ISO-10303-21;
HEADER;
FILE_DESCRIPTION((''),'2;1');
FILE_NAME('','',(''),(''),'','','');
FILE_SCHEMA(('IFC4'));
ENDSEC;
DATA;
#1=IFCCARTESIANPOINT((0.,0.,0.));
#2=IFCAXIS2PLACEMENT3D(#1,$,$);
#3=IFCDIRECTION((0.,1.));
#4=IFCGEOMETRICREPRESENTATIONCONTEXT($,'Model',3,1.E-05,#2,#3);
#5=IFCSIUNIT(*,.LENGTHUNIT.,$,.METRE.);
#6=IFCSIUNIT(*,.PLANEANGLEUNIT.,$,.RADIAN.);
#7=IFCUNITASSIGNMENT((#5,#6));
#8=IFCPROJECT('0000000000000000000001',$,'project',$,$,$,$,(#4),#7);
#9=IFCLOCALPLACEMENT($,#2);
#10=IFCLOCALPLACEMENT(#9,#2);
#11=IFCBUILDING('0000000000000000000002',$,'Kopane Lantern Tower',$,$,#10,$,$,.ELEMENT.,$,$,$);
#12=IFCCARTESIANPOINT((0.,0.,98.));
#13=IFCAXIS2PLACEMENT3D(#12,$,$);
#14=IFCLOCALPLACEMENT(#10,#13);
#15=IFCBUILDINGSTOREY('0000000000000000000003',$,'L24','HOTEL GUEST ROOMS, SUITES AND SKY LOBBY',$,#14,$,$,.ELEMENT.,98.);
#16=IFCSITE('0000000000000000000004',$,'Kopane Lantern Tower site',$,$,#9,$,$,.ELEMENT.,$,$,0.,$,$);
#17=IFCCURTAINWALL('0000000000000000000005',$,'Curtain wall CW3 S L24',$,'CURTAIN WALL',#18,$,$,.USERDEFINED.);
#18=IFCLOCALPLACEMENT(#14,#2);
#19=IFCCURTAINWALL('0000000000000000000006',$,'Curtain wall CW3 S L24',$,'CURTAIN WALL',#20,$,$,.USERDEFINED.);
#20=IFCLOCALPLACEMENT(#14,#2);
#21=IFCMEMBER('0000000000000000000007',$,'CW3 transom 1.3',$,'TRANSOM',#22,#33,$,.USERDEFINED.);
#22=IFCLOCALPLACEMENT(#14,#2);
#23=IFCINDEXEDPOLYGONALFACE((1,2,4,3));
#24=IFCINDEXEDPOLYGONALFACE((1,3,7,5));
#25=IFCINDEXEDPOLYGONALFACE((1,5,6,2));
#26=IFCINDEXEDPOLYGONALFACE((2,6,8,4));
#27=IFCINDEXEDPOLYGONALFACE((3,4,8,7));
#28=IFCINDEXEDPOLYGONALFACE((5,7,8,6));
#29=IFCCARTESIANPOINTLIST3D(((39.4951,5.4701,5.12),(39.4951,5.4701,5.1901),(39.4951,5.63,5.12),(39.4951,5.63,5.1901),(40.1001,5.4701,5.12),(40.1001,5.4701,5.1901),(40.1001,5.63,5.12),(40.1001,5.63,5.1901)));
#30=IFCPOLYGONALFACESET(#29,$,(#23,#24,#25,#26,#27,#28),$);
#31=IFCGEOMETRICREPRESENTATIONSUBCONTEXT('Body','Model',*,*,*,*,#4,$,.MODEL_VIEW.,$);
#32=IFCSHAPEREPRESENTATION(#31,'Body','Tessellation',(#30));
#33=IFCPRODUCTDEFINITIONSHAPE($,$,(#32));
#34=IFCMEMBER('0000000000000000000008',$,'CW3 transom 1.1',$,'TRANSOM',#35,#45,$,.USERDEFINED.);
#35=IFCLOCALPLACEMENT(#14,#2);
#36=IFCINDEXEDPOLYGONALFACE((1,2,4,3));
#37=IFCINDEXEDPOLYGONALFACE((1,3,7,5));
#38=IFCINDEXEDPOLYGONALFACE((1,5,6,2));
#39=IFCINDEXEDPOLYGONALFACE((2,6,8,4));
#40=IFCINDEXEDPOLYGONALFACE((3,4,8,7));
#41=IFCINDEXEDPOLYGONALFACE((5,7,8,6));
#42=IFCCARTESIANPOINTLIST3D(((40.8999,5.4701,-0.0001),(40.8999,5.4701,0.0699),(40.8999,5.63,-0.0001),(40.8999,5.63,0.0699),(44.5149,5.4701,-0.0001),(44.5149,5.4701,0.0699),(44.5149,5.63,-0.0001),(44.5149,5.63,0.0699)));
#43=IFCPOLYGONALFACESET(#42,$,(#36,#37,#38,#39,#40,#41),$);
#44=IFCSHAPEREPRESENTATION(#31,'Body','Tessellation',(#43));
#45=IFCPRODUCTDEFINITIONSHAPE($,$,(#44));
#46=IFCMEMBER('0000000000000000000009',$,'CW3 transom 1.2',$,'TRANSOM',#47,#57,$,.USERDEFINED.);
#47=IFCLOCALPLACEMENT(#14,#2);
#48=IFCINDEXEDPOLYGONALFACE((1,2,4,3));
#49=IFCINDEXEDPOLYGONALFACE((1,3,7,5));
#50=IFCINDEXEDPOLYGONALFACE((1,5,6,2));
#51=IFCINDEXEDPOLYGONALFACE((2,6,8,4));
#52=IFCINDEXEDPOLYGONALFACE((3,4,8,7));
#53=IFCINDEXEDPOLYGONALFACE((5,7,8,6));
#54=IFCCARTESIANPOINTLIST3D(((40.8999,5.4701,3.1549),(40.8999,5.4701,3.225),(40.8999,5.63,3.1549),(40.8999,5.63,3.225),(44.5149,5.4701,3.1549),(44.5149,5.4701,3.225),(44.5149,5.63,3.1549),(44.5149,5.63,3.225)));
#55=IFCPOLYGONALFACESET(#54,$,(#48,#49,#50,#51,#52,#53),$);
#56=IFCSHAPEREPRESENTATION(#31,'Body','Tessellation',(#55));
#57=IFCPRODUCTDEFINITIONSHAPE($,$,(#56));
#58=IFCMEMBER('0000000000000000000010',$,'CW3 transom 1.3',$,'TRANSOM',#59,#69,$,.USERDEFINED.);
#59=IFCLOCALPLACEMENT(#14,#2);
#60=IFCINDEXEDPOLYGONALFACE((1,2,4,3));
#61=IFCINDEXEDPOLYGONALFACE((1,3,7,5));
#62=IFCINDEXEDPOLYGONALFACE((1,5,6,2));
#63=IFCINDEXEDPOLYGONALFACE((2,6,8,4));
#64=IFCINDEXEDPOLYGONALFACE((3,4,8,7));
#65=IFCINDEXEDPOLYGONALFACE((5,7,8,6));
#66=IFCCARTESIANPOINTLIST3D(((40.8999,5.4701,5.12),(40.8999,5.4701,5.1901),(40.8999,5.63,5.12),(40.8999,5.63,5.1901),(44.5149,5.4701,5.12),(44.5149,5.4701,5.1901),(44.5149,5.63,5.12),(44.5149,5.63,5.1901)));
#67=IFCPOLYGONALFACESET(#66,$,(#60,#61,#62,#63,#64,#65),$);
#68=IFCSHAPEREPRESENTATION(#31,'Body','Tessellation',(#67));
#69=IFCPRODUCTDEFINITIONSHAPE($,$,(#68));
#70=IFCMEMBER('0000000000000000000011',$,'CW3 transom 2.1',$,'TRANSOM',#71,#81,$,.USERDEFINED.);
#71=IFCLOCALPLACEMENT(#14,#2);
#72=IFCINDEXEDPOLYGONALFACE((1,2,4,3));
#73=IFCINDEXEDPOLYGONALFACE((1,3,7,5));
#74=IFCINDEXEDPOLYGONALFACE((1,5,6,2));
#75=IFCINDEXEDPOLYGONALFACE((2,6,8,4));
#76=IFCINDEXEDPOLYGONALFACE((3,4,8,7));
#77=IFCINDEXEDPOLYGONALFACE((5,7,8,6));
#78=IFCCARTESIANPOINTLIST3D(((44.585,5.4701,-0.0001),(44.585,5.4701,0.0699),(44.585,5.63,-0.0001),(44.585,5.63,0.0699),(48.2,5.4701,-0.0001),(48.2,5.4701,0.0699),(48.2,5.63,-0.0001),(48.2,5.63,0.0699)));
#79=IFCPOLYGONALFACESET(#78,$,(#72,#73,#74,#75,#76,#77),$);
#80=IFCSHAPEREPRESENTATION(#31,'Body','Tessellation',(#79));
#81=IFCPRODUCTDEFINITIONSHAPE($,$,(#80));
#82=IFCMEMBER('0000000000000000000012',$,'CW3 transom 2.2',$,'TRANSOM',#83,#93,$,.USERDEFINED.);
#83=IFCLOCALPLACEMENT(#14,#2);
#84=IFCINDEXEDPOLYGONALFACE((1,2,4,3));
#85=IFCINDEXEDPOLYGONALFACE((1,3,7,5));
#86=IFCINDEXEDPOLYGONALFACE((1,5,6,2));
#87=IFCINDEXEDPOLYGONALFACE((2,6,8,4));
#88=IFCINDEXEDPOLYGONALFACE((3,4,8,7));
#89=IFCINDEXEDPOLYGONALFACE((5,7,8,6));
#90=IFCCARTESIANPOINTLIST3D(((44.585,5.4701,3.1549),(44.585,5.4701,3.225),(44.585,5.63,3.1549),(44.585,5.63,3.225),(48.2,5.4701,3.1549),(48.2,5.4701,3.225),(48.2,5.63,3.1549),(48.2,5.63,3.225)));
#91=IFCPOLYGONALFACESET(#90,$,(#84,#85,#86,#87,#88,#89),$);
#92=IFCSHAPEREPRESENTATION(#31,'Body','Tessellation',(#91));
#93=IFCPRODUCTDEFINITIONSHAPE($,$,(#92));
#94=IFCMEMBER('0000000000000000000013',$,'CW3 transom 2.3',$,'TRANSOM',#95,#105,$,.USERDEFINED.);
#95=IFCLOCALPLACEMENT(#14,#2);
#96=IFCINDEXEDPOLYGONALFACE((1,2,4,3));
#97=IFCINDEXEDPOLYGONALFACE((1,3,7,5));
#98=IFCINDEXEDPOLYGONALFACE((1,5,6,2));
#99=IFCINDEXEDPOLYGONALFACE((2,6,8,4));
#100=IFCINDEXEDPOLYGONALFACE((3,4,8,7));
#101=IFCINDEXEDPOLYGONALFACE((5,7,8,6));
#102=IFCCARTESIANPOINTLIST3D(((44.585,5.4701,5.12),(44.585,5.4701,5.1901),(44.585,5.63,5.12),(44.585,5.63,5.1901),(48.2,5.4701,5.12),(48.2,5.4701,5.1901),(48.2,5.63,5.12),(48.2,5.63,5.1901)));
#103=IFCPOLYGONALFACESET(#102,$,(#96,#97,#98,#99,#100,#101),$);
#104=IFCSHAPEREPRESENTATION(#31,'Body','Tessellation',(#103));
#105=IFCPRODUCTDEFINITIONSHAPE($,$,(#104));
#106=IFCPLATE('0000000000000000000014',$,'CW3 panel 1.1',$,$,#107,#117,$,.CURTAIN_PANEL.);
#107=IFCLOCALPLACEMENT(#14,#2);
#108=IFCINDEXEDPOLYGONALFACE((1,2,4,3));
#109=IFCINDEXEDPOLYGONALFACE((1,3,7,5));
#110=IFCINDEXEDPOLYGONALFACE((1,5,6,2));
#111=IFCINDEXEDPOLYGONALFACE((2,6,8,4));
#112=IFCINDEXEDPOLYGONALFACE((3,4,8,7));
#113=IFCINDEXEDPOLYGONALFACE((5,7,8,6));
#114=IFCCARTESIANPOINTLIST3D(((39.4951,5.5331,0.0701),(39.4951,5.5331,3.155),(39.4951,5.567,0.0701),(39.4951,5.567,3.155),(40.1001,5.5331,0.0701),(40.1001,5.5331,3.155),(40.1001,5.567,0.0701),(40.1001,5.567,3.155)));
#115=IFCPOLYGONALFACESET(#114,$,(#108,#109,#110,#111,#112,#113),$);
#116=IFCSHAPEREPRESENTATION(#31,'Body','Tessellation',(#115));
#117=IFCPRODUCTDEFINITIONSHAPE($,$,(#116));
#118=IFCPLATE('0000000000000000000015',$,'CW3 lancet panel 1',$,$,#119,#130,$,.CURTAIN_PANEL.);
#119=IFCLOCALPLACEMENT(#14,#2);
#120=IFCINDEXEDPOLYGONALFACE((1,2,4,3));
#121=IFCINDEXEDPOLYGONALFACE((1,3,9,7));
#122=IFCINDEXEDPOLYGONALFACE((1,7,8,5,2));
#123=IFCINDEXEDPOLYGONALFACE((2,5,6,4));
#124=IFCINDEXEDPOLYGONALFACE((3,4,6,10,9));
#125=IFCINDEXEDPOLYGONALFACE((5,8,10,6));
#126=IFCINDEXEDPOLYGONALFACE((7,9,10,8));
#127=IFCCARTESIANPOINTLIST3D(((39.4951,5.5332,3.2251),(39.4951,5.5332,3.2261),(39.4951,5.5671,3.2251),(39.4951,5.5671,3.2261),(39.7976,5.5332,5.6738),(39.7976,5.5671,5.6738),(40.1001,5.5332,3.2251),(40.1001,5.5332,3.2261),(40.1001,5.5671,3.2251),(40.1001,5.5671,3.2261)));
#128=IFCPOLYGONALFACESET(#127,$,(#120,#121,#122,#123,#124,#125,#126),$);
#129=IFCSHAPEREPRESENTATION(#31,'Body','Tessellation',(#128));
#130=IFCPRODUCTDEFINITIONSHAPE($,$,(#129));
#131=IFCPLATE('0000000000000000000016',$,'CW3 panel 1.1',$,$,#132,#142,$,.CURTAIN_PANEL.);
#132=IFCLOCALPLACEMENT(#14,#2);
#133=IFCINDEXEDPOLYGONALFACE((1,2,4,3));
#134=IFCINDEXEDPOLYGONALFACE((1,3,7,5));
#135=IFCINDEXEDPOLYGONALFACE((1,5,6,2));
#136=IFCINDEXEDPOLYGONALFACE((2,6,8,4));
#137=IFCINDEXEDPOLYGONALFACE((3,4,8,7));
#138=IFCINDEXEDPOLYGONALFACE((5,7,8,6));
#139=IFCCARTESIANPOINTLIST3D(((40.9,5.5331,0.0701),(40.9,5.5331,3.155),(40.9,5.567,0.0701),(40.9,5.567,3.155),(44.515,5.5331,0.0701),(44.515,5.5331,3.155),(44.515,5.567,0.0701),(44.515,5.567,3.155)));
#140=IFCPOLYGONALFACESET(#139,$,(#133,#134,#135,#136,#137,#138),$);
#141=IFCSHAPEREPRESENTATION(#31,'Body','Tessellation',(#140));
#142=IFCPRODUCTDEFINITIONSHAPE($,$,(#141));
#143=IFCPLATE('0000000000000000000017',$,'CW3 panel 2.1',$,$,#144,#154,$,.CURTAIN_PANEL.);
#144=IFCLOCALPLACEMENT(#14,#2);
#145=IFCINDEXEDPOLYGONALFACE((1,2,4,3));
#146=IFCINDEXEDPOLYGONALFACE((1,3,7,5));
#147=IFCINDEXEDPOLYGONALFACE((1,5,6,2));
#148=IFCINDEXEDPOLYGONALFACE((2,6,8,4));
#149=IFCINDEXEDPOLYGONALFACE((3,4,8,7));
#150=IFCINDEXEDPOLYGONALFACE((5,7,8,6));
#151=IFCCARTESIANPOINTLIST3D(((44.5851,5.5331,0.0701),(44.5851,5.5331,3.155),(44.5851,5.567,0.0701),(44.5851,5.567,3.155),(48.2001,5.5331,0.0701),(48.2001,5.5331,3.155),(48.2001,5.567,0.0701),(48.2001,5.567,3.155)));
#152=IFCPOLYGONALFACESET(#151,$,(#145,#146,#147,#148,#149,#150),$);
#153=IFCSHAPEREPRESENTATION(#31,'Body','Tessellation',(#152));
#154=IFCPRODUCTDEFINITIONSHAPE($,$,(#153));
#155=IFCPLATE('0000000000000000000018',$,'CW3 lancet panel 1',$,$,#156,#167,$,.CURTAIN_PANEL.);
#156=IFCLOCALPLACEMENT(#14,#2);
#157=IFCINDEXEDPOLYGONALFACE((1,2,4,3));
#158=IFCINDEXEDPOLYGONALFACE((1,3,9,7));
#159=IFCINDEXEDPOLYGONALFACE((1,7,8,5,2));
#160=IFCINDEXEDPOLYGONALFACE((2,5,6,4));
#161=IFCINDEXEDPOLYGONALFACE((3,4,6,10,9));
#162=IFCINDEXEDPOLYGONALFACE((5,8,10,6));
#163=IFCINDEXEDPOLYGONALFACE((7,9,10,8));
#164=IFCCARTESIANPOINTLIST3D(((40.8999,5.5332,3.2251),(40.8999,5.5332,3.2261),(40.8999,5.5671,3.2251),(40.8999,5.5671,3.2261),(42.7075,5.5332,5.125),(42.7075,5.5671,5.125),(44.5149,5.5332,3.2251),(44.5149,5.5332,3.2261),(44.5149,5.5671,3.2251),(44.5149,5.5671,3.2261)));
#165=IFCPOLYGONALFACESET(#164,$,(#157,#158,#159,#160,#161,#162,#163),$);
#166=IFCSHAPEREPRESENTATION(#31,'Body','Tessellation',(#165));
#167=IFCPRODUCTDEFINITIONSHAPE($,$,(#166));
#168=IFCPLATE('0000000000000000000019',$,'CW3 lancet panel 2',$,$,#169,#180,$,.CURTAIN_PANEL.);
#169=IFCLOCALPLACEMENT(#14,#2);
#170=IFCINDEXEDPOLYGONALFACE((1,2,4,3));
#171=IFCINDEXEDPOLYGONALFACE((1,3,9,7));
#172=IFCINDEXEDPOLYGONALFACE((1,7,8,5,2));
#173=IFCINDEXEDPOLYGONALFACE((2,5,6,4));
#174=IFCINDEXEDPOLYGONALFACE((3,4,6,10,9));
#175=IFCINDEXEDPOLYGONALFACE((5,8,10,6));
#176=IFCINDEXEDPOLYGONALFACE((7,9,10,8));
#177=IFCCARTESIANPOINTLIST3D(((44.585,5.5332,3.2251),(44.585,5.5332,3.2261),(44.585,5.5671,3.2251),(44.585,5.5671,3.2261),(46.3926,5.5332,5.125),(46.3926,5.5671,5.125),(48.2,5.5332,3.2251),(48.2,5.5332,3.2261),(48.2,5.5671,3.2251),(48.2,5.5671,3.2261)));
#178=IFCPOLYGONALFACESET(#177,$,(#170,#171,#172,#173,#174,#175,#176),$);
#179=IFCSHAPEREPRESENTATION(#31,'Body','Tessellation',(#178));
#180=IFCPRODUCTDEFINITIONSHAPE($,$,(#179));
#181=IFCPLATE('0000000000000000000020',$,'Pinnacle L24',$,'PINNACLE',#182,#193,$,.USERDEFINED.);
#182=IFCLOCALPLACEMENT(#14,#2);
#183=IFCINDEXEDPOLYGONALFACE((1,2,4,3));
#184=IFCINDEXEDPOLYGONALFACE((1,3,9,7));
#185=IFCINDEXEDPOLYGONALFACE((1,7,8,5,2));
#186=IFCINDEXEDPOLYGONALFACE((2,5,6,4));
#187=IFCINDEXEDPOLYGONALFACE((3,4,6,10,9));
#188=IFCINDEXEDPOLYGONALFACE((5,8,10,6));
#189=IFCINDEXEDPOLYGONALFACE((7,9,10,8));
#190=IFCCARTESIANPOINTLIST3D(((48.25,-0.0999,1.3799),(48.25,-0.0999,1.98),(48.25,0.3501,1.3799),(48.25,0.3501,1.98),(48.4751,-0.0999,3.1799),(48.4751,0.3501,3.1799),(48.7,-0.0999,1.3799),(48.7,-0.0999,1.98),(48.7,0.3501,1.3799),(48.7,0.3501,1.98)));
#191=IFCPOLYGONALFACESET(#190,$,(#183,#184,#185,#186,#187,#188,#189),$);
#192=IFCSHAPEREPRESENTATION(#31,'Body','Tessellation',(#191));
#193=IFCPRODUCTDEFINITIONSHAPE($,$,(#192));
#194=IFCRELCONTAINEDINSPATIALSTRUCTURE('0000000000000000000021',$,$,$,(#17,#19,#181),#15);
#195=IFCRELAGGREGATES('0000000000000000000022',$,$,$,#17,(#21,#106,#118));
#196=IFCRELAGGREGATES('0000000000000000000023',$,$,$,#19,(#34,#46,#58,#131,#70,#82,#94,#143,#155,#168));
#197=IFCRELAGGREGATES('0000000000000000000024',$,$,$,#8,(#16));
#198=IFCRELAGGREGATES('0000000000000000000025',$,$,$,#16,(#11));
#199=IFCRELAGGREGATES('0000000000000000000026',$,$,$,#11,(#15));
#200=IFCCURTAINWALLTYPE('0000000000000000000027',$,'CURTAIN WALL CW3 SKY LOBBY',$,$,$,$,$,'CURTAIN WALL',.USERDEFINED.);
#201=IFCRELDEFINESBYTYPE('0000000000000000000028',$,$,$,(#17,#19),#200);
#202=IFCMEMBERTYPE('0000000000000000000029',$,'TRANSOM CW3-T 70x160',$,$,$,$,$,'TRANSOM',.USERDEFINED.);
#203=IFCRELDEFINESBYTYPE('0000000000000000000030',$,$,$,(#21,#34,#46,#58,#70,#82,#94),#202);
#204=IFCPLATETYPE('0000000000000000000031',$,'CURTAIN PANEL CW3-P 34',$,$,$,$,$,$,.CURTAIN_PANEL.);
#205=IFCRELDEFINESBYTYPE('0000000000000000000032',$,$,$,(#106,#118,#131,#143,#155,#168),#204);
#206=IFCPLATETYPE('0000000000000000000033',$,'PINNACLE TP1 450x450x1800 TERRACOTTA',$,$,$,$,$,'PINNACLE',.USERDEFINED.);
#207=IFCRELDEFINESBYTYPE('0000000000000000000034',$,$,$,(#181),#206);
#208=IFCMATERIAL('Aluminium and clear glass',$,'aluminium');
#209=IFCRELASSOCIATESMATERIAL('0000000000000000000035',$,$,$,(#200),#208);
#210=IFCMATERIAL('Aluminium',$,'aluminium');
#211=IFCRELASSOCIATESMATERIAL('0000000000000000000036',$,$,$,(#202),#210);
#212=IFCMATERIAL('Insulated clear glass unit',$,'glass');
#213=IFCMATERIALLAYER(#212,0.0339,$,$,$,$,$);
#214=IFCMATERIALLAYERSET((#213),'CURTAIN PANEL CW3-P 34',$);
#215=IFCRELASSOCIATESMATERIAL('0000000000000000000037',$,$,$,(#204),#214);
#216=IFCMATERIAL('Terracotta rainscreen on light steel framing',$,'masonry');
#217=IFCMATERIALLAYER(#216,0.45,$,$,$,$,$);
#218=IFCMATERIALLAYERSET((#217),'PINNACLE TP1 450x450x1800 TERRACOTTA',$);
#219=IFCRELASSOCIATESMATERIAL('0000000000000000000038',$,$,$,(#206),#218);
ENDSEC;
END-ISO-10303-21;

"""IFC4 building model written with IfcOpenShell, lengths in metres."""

from ifc_helpers import new_model, si_unit, direction, frame, origin, origin_2d, place, context, subcontext, project, spatial, polyline, rectangle, outline, extrude, material, layer, layer_set, material_profile, profile_set, type_object, element, aggregate, save


model = new_model("IFC4")

# Units and contexts
model_context = context("Model", 3, precision=1e-05, world=origin(), true_north=direction((0.0, 1.0)))
body_context = subcontext(model_context, "Body", "Model", "MODEL_VIEW")
ifc_project = project(units=[si_unit("LENGTHUNIT", "METRE"), si_unit("PLANEANGLEUNIT", "RADIAN")], contexts=[model_context])

# Site, building, storey
site_placement = place(None, origin())
site = spatial("IfcSite", under=ifc_project, at=site_placement, Name="Kopane Lantern Tower site", CompositionType="ELEMENT", RefElevation=0.0)
building_placement = place(site_placement, origin())
building = spatial("IfcBuilding", under=site, at=building_placement, Name="Kopane Lantern Tower", CompositionType="ELEMENT")
storey_placement = place(building_placement, frame((0.0, 0.0, 98.0)))
storey = spatial("IfcBuildingStorey", under=building, at=storey_placement, Name="L24", Description="HOTEL GUEST ROOMS, SUITES AND SKY LOBBY", CompositionType="ELEMENT", Elevation=98.0)

# Curtain walls
ifc_material_1 = material(Name="Aluminium and clear glass", Category="aluminium")
curtain_wall_type = type_object("IfcCurtainWallType", Name="CURTAIN WALL CW3 SKY LOBBY", ElementType="CURTAIN WALL", PredefinedType="USERDEFINED", material=ifc_material_1)
curtain_wall_1_placement = place(storey_placement, origin())
curtain_wall_1 = element("IfcCurtainWall", 1, at=curtain_wall_1_placement, inside=storey, type_object=curtain_wall_type, Name="Curtain wall CW3 S L24", ObjectType="CURTAIN WALL", PredefinedType="USERDEFINED")
curtain_wall_2_placement = place(storey_placement, origin())
curtain_wall_2 = element("IfcCurtainWall", 2, at=curtain_wall_2_placement, inside=storey, type_object=curtain_wall_type, Name="Curtain wall CW3 S L24", ObjectType="CURTAIN WALL", PredefinedType="USERDEFINED")

# Members
ifc_material_2 = material(Name="Aluminium", Category="aluminium")
ifc_material_profile_1 = material_profile(ifc_material_2, rectangle(XDim=0.1599, YDim=0.0701, at=origin_2d()), Name="AL 160x70")
ifc_profile_set_1 = profile_set([ifc_material_profile_1], Name="Aluminium")
member_type_1 = type_object("IfcMemberType", Name="TRANSOM CW3-T 70x160", ElementType="TRANSOM", PredefinedType="USERDEFINED", material=ifc_profile_set_1)
member_1_placement = place(storey_placement, frame((39.4951, 5.55, 5.155), z_axis=(1.0, 0.0, 0.0), x_axis=(0.0, 1.0, 0.0)))
member_1 = element("IfcMember", 3, at=member_1_placement, type_object=member_type_1, Name="CW3 transom 1.3", ObjectType="TRANSOM", PredefinedType="USERDEFINED", context=body_context, shape_type="SweptSolid", body=[
    extrude(rectangle(XDim=0.1599, YDim=0.0701, at=origin_2d()), origin(), (0.0, 0.0, 1.0), 0.605),
])
member_2_placement = place(storey_placement, frame((40.8999, 5.55, 0.0349), z_axis=(1.0, 0.0, 0.0), x_axis=(0.0, 1.0, 0.0)))
member_2 = element("IfcMember", 4, at=member_2_placement, type_object=member_type_1, Name="CW3 transom 1.1", ObjectType="TRANSOM", PredefinedType="USERDEFINED", context=body_context, shape_type="SweptSolid", body=[
    extrude(rectangle(XDim=0.1599, YDim=0.0701, at=origin_2d()), origin(), (0.0, 0.0, 1.0), 3.615),
])
member_3_placement = place(storey_placement, frame((40.8999, 5.55, 3.1899), z_axis=(1.0, 0.0, 0.0), x_axis=(0.0, 1.0, 0.0)))
member_3 = element("IfcMember", 5, at=member_3_placement, type_object=member_type_1, Name="CW3 transom 1.2", ObjectType="TRANSOM", PredefinedType="USERDEFINED", context=body_context, shape_type="SweptSolid", body=[
    extrude(rectangle(XDim=0.1599, YDim=0.0701, at=origin_2d()), origin(), (0.0, 0.0, 1.0), 3.615),
])
member_4_placement = place(storey_placement, frame((40.8999, 5.55, 5.155), z_axis=(1.0, 0.0, 0.0), x_axis=(0.0, 1.0, 0.0)))
member_4 = element("IfcMember", 6, at=member_4_placement, type_object=member_type_1, Name="CW3 transom 1.3", ObjectType="TRANSOM", PredefinedType="USERDEFINED", context=body_context, shape_type="SweptSolid", body=[
    extrude(rectangle(XDim=0.1599, YDim=0.0701, at=origin_2d()), origin(), (0.0, 0.0, 1.0), 3.615),
])
member_5_placement = place(storey_placement, frame((44.585, 5.55, 0.0349), z_axis=(1.0, 0.0, 0.0), x_axis=(0.0, 1.0, 0.0)))
member_5 = element("IfcMember", 7, at=member_5_placement, type_object=member_type_1, Name="CW3 transom 2.1", ObjectType="TRANSOM", PredefinedType="USERDEFINED", context=body_context, shape_type="SweptSolid", body=[
    extrude(rectangle(XDim=0.1599, YDim=0.0701, at=origin_2d()), origin(), (0.0, 0.0, 1.0), 3.615),
])
member_6_placement = place(storey_placement, frame((44.585, 5.55, 3.1899), z_axis=(1.0, 0.0, 0.0), x_axis=(0.0, 1.0, 0.0)))
member_6 = element("IfcMember", 8, at=member_6_placement, type_object=member_type_1, Name="CW3 transom 2.2", ObjectType="TRANSOM", PredefinedType="USERDEFINED", context=body_context, shape_type="SweptSolid", body=[
    extrude(rectangle(XDim=0.1599, YDim=0.0701, at=origin_2d()), origin(), (0.0, 0.0, 1.0), 3.615),
])
member_7_placement = place(storey_placement, frame((44.585, 5.55, 5.155), z_axis=(1.0, 0.0, 0.0), x_axis=(0.0, 1.0, 0.0)))
member_7 = element("IfcMember", 9, at=member_7_placement, type_object=member_type_1, Name="CW3 transom 2.3", ObjectType="TRANSOM", PredefinedType="USERDEFINED", context=body_context, shape_type="SweptSolid", body=[
    extrude(rectangle(XDim=0.1599, YDim=0.0701, at=origin_2d()), origin(), (0.0, 0.0, 1.0), 3.615),
])

# Plates
ifc_material_3 = material(Name="Insulated clear glass unit", Category="glass")
ifc_layer_1 = layer(ifc_material_3, 0.0339)
ifc_layer_set_1 = layer_set([ifc_layer_1], Name="CURTAIN PANEL CW3-P 34")
plate_type_1 = type_object("IfcPlateType", Name="CURTAIN PANEL CW3-P 34", PredefinedType="CURTAIN_PANEL", material=ifc_layer_set_1)
plate_1_placement = place(storey_placement, frame((39.7976, 5.55, 0.0701), z_axis=(0.0, 0.0, 1.0), x_axis=(1.0, 0.0, 0.0)))
plate_1 = element("IfcPlate", 10, at=plate_1_placement, type_object=plate_type_1, Name="CW3 panel 1.1", PredefinedType="CURTAIN_PANEL", context=body_context, shape_type="SweptSolid", body=[
    extrude(rectangle(XDim=0.605, YDim=0.0339, at=origin_2d()), origin(), (0.0, 0.0, 1.0), 3.085),
])
plate_2_placement = place(storey_placement, frame((39.4951, 5.55, 3.2251), z_axis=(0.0, 0.0, 1.0), x_axis=(1.0, 0.0, 0.0)))
plate_2 = element("IfcPlate", 11, at=plate_2_placement, type_object=plate_type_1, Name="CW3 lancet panel 1", PredefinedType="CURTAIN_PANEL", context=body_context, shape_type="SweptSolid", body=[
    extrude(outline(polyline([(0.0, 0.0), (0.605, 0.0), (0.605, 0.001), (0.3025, 2.4487), (0.0, 0.001), (0.0, 0.0)])), frame((0.0, 0.0171, 0.0), z_axis=(0.0, -1.0, 0.0), x_axis=(1.0, 0.0, 0.0)), (0.0, 0.0, 1.0), 0.0339),
])
aggregate(curtain_wall_1, [member_1, plate_1, plate_2])
plate_3_placement = place(storey_placement, frame((42.7075, 5.55, 0.0701), z_axis=(0.0, 0.0, 1.0), x_axis=(1.0, 0.0, 0.0)))
plate_3 = element("IfcPlate", 12, at=plate_3_placement, type_object=plate_type_1, Name="CW3 panel 1.1", PredefinedType="CURTAIN_PANEL", context=body_context, shape_type="SweptSolid", body=[
    extrude(rectangle(XDim=3.615, YDim=0.0339, at=origin_2d()), origin(), (0.0, 0.0, 1.0), 3.085),
])
plate_4_placement = place(storey_placement, frame((46.3926, 5.55, 0.0701), z_axis=(0.0, 0.0, 1.0), x_axis=(1.0, 0.0, 0.0)))
plate_4 = element("IfcPlate", 13, at=plate_4_placement, type_object=plate_type_1, Name="CW3 panel 2.1", PredefinedType="CURTAIN_PANEL", context=body_context, shape_type="SweptSolid", body=[
    extrude(rectangle(XDim=3.615, YDim=0.0339, at=origin_2d()), origin(), (0.0, 0.0, 1.0), 3.085),
])
plate_5_placement = place(storey_placement, frame((40.8999, 5.55, 3.2251), z_axis=(0.0, 0.0, 1.0), x_axis=(1.0, 0.0, 0.0)))
plate_5 = element("IfcPlate", 14, at=plate_5_placement, type_object=plate_type_1, Name="CW3 lancet panel 1", PredefinedType="CURTAIN_PANEL", context=body_context, shape_type="SweptSolid", body=[
    extrude(outline(polyline([(0.0, 0.0), (3.615, 0.0), (3.615, 0.001), (1.8076, 1.8999), (0.0, 0.001), (0.0, 0.0)])), frame((0.0, 0.0171, 0.0), z_axis=(0.0, -1.0, 0.0), x_axis=(1.0, 0.0, 0.0)), (0.0, 0.0, 1.0), 0.0339),
])
plate_6_placement = place(storey_placement, frame((44.585, 5.55, 3.2251), z_axis=(0.0, 0.0, 1.0), x_axis=(1.0, 0.0, 0.0)))
plate_6 = element("IfcPlate", 15, at=plate_6_placement, type_object=plate_type_1, Name="CW3 lancet panel 2", PredefinedType="CURTAIN_PANEL", context=body_context, shape_type="SweptSolid", body=[
    extrude(outline(polyline([(0.0, 0.0), (3.615, 0.0), (3.615, 0.001), (1.8076, 1.8999), (0.0, 0.001), (0.0, 0.0)])), frame((0.0, 0.0171, 0.0), z_axis=(0.0, -1.0, 0.0), x_axis=(1.0, 0.0, 0.0)), (0.0, 0.0, 1.0), 0.0339),
])
aggregate(curtain_wall_2, [member_2, member_3, member_4, plate_3, member_5, member_6, member_7, plate_4, plate_5, plate_6])
ifc_material_4 = material(Name="Terracotta rainscreen on light steel framing", Category="masonry")
ifc_layer_2 = layer(ifc_material_4, 0.45)
ifc_layer_set_2 = layer_set([ifc_layer_2], Name="PINNACLE TP1 450x450x1800 TERRACOTTA")
plate_type_2 = type_object("IfcPlateType", Name="PINNACLE TP1 450x450x1800 TERRACOTTA", ElementType="PINNACLE", PredefinedType="USERDEFINED", material=ifc_layer_set_2)
plate_7_placement = place(storey_placement, frame((48.25, 0.125, 1.3799), z_axis=(0.0, 0.0, 1.0), x_axis=(1.0, 0.0, 0.0)))
element("IfcPlate", 16, at=plate_7_placement, inside=storey, type_object=plate_type_2, Name="Pinnacle L24", ObjectType="PINNACLE", PredefinedType="USERDEFINED", context=body_context, shape_type="SweptSolid", body=[
    extrude(outline(polyline([(0.0, 0.0), (0.45, 0.0), (0.45, 0.6001), (0.2251, 1.8), (0.0, 0.6001), (0.0, 0.0)])), frame((0.0, 0.2251, 0.0), z_axis=(0.0, -1.0, 0.0), x_axis=(1.0, 0.0, 0.0)), (0.0, 0.0, 1.0), 0.45),
])

save(model, "model.ifc")
